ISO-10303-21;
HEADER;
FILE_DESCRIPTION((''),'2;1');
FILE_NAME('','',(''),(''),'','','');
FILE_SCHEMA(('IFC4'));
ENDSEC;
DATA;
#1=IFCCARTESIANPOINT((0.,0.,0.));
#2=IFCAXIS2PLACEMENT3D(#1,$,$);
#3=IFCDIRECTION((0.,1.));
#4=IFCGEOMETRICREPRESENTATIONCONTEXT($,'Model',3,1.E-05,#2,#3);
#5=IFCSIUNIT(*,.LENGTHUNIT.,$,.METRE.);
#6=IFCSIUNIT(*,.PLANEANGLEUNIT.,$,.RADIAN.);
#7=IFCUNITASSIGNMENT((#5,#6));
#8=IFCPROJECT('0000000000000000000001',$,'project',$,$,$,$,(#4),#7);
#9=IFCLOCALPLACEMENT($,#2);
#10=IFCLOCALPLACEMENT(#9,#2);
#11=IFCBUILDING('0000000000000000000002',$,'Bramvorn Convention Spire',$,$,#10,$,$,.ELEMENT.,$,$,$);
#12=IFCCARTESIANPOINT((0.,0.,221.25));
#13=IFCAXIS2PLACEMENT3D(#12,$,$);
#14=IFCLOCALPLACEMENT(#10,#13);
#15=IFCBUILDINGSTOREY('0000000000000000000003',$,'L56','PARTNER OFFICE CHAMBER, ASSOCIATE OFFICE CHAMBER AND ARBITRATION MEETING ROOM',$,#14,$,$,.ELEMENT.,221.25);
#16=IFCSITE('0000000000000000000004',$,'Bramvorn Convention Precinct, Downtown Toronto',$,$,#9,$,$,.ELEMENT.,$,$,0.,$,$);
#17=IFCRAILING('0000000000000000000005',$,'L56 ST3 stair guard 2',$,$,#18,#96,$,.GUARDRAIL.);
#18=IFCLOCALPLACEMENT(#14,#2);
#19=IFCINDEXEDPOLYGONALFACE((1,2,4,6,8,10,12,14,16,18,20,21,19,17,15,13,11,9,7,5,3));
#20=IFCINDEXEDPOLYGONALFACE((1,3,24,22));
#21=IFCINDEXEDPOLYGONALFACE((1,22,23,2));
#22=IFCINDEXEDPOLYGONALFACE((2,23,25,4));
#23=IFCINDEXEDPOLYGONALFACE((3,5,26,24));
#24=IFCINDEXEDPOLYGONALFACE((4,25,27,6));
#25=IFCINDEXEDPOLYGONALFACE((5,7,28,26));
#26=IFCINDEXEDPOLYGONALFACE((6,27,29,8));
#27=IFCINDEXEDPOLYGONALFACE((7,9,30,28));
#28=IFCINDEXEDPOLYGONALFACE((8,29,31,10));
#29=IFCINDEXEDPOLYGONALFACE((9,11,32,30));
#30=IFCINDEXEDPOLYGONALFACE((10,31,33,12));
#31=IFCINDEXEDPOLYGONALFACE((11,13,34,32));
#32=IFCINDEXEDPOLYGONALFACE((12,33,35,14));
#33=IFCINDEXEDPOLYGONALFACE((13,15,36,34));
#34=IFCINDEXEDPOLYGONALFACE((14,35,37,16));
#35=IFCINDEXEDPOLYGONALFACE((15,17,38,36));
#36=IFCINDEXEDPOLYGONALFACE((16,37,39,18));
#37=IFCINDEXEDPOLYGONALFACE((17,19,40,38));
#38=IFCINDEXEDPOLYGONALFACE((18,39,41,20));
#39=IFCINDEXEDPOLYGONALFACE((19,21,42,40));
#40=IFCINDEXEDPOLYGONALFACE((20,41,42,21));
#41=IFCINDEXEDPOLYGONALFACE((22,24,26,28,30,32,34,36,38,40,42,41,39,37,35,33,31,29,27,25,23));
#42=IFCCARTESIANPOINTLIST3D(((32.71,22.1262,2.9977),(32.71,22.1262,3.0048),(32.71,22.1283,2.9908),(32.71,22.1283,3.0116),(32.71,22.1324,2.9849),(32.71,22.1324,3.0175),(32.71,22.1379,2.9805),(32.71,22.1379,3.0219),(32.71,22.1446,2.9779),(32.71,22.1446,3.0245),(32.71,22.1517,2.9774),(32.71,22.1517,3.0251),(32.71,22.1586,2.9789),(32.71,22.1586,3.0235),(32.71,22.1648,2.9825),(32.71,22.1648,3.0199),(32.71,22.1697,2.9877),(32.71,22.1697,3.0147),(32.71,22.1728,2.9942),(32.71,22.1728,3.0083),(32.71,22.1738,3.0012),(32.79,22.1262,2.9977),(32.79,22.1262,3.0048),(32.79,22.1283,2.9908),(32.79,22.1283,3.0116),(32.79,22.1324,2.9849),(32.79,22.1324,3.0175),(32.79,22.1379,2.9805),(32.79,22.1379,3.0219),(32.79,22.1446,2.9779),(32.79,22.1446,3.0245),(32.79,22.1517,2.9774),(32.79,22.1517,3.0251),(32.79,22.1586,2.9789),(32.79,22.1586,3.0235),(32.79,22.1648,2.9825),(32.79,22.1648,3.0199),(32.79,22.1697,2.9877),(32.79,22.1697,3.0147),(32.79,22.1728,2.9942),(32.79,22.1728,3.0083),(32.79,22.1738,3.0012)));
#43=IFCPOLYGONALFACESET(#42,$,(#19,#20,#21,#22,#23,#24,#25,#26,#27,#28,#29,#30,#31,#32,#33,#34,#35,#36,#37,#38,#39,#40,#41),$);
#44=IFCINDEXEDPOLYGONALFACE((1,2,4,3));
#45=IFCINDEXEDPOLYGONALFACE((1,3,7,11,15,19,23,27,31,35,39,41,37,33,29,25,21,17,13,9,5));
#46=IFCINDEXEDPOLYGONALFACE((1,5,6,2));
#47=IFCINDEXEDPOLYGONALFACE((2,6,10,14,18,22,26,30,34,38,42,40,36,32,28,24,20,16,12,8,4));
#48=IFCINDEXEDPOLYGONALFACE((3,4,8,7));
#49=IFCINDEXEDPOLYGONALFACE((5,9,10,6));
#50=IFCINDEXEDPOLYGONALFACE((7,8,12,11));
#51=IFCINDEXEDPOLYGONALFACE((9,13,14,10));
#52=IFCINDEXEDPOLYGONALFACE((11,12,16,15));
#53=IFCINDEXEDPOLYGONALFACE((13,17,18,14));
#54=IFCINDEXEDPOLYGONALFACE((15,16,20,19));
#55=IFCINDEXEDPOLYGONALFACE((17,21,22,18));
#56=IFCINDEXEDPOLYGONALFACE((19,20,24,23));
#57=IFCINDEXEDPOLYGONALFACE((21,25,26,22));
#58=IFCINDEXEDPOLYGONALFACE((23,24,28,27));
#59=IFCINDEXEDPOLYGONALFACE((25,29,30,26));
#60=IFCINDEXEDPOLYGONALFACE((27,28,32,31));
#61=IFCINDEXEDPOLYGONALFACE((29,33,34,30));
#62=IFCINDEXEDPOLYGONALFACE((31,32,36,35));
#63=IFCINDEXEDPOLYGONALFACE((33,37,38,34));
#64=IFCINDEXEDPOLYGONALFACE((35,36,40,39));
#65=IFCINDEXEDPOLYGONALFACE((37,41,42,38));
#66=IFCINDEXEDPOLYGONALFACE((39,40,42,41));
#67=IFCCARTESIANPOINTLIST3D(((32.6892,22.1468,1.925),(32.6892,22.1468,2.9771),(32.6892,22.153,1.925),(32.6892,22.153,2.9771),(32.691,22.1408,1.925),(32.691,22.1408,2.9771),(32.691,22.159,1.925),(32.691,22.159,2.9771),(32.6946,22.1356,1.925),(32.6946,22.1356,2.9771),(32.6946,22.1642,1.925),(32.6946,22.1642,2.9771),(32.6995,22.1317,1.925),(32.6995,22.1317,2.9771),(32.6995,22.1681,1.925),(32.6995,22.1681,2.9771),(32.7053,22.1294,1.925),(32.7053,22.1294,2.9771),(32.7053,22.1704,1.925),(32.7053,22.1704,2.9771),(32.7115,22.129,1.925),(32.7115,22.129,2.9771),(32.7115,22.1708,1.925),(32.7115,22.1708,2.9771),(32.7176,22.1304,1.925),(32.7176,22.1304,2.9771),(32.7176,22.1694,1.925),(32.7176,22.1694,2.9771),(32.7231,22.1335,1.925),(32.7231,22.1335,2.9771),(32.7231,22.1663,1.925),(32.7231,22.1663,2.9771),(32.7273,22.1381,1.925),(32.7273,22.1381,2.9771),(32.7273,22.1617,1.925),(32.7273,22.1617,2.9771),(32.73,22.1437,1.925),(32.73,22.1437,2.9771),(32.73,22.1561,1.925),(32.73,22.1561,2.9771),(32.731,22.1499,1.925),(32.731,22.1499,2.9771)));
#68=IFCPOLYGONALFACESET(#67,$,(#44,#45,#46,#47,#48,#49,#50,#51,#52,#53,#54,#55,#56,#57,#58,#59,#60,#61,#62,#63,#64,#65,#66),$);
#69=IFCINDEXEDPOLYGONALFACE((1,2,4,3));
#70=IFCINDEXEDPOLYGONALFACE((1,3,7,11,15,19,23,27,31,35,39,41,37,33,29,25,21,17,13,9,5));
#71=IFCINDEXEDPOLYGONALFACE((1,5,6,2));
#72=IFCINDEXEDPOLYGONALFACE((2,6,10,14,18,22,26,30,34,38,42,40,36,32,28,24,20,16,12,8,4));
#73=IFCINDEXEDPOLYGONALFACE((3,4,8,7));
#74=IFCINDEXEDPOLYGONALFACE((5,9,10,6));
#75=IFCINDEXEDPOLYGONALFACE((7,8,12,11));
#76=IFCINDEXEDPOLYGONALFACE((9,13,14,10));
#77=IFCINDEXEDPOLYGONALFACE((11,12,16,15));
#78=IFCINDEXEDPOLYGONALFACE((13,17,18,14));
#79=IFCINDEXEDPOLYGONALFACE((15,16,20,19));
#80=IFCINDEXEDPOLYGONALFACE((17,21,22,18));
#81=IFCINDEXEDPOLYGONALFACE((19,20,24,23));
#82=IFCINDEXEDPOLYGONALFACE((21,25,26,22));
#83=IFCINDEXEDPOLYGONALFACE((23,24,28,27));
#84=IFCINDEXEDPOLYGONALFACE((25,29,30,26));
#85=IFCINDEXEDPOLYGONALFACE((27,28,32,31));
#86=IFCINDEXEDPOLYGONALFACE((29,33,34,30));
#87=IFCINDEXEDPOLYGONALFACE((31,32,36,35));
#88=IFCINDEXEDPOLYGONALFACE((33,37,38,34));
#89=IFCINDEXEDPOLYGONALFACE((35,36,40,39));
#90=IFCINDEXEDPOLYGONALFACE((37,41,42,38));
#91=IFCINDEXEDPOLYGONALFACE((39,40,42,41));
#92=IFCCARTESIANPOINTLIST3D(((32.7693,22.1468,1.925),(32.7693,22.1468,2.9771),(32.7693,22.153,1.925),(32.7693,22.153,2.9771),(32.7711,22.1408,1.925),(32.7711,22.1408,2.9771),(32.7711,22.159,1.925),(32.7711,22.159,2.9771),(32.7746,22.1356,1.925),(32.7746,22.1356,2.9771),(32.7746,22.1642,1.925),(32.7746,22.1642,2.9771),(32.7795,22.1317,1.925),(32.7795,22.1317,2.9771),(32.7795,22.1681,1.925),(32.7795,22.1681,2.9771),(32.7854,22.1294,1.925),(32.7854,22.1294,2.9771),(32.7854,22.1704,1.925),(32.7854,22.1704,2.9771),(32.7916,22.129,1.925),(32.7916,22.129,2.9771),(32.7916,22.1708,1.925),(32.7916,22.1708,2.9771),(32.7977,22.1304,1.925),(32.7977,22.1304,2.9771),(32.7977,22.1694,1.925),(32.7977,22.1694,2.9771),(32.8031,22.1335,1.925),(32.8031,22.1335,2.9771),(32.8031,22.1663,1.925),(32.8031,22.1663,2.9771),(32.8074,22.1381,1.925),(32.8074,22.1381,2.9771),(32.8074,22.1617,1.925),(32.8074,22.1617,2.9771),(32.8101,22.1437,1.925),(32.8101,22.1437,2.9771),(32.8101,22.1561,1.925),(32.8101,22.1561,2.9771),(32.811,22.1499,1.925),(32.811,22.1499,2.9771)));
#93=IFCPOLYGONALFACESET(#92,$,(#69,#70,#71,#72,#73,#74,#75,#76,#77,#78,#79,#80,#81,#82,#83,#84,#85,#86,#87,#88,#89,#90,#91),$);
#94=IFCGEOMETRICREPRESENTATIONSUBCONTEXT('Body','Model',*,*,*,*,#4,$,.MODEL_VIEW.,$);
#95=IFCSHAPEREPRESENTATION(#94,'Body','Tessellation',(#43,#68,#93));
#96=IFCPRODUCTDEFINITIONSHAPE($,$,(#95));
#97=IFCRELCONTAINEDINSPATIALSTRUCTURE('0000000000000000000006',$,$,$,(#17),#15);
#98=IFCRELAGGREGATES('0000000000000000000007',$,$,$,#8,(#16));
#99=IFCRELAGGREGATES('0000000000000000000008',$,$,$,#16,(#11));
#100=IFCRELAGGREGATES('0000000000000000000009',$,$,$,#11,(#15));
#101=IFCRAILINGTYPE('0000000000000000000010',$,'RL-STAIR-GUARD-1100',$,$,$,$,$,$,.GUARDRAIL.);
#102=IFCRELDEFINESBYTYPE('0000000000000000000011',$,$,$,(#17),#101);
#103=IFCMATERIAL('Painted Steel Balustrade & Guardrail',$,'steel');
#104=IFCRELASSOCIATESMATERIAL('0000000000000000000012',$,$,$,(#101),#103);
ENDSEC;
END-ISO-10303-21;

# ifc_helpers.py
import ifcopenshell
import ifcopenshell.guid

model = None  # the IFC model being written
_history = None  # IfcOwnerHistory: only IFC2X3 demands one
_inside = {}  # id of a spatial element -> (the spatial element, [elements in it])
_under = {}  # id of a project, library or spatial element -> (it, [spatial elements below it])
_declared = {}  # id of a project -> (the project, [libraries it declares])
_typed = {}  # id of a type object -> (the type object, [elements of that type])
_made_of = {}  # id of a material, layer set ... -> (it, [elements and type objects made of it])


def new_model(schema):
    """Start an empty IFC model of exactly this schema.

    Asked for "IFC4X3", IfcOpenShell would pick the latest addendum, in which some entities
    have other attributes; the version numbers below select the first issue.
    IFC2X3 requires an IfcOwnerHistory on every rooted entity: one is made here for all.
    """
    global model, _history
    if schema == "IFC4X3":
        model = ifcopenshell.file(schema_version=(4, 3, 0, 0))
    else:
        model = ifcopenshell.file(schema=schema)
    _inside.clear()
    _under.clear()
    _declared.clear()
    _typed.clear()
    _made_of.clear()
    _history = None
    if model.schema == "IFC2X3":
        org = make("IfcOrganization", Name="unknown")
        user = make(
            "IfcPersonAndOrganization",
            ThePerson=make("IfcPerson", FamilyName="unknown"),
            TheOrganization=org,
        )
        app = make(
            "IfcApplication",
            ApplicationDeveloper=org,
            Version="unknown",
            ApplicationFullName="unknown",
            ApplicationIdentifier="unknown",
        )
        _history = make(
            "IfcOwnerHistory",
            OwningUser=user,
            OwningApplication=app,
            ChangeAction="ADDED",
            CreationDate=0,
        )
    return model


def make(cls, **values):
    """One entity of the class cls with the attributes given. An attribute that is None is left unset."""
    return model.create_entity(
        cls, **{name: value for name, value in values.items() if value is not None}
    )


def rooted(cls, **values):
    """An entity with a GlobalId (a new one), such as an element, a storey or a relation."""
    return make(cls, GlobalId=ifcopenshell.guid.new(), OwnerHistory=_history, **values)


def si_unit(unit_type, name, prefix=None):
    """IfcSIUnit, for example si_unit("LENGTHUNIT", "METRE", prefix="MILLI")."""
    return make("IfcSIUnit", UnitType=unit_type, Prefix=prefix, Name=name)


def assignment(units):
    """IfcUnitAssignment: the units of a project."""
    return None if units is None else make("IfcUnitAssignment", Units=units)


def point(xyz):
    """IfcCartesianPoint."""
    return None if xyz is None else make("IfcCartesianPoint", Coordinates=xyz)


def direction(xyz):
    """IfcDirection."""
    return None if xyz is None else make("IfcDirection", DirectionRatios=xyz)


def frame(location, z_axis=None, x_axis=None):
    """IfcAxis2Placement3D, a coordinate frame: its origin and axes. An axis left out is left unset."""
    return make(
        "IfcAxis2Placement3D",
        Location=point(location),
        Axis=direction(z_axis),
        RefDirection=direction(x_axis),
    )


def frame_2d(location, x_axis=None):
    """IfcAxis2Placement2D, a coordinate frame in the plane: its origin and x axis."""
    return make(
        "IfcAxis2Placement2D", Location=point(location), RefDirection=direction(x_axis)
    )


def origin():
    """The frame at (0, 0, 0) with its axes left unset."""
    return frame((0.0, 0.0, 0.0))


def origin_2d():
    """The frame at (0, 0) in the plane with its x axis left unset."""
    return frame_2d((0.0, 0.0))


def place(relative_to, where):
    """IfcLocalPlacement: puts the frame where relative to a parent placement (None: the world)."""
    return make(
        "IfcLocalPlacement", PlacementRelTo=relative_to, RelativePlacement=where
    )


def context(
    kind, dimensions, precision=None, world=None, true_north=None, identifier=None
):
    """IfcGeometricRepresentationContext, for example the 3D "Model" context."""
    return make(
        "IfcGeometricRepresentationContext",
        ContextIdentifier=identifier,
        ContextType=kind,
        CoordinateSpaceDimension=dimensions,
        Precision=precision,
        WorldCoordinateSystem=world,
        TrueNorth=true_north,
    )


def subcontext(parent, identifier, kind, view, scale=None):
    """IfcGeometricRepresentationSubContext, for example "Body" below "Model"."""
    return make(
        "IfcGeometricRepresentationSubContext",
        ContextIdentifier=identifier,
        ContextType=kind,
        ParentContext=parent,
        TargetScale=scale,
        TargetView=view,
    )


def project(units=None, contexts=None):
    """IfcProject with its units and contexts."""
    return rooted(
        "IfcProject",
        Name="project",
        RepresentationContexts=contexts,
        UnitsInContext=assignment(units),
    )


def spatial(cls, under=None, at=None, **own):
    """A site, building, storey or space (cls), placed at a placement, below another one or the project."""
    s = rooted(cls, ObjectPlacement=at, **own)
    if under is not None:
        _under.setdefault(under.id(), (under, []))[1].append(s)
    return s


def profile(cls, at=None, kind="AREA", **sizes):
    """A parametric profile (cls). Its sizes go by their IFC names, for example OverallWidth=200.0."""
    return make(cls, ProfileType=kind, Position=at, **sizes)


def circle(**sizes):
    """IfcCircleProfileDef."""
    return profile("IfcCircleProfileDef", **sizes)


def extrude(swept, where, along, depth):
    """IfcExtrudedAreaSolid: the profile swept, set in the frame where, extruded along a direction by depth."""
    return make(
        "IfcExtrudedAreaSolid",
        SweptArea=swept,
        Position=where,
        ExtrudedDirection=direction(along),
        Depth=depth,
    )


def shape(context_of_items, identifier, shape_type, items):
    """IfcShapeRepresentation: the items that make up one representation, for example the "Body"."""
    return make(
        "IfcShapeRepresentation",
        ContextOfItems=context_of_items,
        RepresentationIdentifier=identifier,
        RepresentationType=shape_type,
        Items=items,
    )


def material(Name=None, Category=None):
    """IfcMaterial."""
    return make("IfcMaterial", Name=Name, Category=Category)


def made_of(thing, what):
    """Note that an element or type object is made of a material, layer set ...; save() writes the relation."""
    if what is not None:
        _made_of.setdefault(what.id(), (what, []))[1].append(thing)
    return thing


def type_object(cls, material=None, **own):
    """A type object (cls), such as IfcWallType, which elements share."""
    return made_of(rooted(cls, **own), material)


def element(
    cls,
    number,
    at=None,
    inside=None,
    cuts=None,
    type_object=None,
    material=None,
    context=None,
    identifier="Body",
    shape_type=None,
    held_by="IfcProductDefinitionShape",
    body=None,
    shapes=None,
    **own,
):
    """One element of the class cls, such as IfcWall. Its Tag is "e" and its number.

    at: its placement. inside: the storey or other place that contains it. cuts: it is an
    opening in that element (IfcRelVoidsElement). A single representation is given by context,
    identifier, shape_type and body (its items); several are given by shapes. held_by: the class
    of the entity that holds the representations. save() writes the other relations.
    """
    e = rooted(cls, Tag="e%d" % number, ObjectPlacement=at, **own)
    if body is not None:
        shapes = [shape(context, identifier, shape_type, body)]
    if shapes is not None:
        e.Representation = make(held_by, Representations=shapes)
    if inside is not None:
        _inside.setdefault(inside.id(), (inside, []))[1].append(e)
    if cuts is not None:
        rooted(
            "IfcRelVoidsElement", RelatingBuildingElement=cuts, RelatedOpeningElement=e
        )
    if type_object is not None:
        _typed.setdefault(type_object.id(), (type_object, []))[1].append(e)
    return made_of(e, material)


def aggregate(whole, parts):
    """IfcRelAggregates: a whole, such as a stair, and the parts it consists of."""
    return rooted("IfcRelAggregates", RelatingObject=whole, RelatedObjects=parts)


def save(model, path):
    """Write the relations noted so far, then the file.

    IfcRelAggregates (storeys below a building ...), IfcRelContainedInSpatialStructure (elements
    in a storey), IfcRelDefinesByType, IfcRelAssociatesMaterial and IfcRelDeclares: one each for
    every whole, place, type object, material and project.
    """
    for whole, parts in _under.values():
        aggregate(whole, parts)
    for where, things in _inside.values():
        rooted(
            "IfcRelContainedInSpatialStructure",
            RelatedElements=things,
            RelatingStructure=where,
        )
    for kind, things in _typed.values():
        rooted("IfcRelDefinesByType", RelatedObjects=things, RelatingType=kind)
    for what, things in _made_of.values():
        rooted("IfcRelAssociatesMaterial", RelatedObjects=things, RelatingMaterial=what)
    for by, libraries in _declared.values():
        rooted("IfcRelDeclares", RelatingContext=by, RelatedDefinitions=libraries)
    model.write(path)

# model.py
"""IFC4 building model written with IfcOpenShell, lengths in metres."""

from ifc_helpers import new_model, si_unit, direction, frame, origin, origin_2d, place, context, subcontext, project, spatial, circle, extrude, material, type_object, element, save


model = new_model("IFC4")

# Units and contexts
model_context = context("Model", 3, precision=1e-05, world=origin(), true_north=direction((0.0, 1.0)))
body_context = subcontext(model_context, "Body", "Model", "MODEL_VIEW")
ifc_project = project(units=[si_unit("LENGTHUNIT", "METRE"), si_unit("PLANEANGLEUNIT", "RADIAN")], contexts=[model_context])

# Site, building, storey
site_placement = place(None, origin())
site = spatial("IfcSite", under=ifc_project, at=site_placement, Name="Bramvorn Convention Precinct, Downtown Toronto", CompositionType="ELEMENT", RefElevation=0.0)
building_placement = place(site_placement, origin())
building = spatial("IfcBuilding", under=site, at=building_placement, Name="Bramvorn Convention Spire", CompositionType="ELEMENT")
storey_placement = place(building_placement, frame((0.0, 0.0, 221.25)))
storey = spatial("IfcBuildingStorey", under=building, at=storey_placement, Name="L56", Description="PARTNER OFFICE CHAMBER, ASSOCIATE OFFICE CHAMBER AND ARBITRATION MEETING ROOM", CompositionType="ELEMENT", Elevation=221.25)

# Railing
ifc_material_1 = material(Name="Painted Steel Balustrade & Guardrail", Category="steel")
railing_type_1 = type_object("IfcRailingType", Name="RL-STAIR-GUARD-1100", PredefinedType="GUARDRAIL", material=ifc_material_1)
railing_1_placement = place(storey_placement, frame((32.71, 22.1499, 1.925)))
element("IfcRailing", 1, at=railing_1_placement, inside=storey, type_object=railing_type_1, Name="L56 ST3 stair guard 2", PredefinedType="GUARDRAIL", context=body_context, shape_type="SweptSolid", body=[
    extrude(circle(Radius=0.0239, at=origin_2d()), frame((0.0, 0.0, 1.0762), z_axis=(1.0, 0.0, 0.0), x_axis=(0.0, 1.0, 0.0)), (0.0, 0.0, 1.0), 0.0801),
    extrude(circle(Radius=0.021, at=origin_2d()), origin(), (0.0, 0.0, 1.0), 1.052),
    extrude(circle(Radius=0.021, at=origin_2d()), frame((0.0801, 0.0, 0.0)), (0.0, 0.0, 1.0), 1.052),
])

save(model, "model.ifc")
